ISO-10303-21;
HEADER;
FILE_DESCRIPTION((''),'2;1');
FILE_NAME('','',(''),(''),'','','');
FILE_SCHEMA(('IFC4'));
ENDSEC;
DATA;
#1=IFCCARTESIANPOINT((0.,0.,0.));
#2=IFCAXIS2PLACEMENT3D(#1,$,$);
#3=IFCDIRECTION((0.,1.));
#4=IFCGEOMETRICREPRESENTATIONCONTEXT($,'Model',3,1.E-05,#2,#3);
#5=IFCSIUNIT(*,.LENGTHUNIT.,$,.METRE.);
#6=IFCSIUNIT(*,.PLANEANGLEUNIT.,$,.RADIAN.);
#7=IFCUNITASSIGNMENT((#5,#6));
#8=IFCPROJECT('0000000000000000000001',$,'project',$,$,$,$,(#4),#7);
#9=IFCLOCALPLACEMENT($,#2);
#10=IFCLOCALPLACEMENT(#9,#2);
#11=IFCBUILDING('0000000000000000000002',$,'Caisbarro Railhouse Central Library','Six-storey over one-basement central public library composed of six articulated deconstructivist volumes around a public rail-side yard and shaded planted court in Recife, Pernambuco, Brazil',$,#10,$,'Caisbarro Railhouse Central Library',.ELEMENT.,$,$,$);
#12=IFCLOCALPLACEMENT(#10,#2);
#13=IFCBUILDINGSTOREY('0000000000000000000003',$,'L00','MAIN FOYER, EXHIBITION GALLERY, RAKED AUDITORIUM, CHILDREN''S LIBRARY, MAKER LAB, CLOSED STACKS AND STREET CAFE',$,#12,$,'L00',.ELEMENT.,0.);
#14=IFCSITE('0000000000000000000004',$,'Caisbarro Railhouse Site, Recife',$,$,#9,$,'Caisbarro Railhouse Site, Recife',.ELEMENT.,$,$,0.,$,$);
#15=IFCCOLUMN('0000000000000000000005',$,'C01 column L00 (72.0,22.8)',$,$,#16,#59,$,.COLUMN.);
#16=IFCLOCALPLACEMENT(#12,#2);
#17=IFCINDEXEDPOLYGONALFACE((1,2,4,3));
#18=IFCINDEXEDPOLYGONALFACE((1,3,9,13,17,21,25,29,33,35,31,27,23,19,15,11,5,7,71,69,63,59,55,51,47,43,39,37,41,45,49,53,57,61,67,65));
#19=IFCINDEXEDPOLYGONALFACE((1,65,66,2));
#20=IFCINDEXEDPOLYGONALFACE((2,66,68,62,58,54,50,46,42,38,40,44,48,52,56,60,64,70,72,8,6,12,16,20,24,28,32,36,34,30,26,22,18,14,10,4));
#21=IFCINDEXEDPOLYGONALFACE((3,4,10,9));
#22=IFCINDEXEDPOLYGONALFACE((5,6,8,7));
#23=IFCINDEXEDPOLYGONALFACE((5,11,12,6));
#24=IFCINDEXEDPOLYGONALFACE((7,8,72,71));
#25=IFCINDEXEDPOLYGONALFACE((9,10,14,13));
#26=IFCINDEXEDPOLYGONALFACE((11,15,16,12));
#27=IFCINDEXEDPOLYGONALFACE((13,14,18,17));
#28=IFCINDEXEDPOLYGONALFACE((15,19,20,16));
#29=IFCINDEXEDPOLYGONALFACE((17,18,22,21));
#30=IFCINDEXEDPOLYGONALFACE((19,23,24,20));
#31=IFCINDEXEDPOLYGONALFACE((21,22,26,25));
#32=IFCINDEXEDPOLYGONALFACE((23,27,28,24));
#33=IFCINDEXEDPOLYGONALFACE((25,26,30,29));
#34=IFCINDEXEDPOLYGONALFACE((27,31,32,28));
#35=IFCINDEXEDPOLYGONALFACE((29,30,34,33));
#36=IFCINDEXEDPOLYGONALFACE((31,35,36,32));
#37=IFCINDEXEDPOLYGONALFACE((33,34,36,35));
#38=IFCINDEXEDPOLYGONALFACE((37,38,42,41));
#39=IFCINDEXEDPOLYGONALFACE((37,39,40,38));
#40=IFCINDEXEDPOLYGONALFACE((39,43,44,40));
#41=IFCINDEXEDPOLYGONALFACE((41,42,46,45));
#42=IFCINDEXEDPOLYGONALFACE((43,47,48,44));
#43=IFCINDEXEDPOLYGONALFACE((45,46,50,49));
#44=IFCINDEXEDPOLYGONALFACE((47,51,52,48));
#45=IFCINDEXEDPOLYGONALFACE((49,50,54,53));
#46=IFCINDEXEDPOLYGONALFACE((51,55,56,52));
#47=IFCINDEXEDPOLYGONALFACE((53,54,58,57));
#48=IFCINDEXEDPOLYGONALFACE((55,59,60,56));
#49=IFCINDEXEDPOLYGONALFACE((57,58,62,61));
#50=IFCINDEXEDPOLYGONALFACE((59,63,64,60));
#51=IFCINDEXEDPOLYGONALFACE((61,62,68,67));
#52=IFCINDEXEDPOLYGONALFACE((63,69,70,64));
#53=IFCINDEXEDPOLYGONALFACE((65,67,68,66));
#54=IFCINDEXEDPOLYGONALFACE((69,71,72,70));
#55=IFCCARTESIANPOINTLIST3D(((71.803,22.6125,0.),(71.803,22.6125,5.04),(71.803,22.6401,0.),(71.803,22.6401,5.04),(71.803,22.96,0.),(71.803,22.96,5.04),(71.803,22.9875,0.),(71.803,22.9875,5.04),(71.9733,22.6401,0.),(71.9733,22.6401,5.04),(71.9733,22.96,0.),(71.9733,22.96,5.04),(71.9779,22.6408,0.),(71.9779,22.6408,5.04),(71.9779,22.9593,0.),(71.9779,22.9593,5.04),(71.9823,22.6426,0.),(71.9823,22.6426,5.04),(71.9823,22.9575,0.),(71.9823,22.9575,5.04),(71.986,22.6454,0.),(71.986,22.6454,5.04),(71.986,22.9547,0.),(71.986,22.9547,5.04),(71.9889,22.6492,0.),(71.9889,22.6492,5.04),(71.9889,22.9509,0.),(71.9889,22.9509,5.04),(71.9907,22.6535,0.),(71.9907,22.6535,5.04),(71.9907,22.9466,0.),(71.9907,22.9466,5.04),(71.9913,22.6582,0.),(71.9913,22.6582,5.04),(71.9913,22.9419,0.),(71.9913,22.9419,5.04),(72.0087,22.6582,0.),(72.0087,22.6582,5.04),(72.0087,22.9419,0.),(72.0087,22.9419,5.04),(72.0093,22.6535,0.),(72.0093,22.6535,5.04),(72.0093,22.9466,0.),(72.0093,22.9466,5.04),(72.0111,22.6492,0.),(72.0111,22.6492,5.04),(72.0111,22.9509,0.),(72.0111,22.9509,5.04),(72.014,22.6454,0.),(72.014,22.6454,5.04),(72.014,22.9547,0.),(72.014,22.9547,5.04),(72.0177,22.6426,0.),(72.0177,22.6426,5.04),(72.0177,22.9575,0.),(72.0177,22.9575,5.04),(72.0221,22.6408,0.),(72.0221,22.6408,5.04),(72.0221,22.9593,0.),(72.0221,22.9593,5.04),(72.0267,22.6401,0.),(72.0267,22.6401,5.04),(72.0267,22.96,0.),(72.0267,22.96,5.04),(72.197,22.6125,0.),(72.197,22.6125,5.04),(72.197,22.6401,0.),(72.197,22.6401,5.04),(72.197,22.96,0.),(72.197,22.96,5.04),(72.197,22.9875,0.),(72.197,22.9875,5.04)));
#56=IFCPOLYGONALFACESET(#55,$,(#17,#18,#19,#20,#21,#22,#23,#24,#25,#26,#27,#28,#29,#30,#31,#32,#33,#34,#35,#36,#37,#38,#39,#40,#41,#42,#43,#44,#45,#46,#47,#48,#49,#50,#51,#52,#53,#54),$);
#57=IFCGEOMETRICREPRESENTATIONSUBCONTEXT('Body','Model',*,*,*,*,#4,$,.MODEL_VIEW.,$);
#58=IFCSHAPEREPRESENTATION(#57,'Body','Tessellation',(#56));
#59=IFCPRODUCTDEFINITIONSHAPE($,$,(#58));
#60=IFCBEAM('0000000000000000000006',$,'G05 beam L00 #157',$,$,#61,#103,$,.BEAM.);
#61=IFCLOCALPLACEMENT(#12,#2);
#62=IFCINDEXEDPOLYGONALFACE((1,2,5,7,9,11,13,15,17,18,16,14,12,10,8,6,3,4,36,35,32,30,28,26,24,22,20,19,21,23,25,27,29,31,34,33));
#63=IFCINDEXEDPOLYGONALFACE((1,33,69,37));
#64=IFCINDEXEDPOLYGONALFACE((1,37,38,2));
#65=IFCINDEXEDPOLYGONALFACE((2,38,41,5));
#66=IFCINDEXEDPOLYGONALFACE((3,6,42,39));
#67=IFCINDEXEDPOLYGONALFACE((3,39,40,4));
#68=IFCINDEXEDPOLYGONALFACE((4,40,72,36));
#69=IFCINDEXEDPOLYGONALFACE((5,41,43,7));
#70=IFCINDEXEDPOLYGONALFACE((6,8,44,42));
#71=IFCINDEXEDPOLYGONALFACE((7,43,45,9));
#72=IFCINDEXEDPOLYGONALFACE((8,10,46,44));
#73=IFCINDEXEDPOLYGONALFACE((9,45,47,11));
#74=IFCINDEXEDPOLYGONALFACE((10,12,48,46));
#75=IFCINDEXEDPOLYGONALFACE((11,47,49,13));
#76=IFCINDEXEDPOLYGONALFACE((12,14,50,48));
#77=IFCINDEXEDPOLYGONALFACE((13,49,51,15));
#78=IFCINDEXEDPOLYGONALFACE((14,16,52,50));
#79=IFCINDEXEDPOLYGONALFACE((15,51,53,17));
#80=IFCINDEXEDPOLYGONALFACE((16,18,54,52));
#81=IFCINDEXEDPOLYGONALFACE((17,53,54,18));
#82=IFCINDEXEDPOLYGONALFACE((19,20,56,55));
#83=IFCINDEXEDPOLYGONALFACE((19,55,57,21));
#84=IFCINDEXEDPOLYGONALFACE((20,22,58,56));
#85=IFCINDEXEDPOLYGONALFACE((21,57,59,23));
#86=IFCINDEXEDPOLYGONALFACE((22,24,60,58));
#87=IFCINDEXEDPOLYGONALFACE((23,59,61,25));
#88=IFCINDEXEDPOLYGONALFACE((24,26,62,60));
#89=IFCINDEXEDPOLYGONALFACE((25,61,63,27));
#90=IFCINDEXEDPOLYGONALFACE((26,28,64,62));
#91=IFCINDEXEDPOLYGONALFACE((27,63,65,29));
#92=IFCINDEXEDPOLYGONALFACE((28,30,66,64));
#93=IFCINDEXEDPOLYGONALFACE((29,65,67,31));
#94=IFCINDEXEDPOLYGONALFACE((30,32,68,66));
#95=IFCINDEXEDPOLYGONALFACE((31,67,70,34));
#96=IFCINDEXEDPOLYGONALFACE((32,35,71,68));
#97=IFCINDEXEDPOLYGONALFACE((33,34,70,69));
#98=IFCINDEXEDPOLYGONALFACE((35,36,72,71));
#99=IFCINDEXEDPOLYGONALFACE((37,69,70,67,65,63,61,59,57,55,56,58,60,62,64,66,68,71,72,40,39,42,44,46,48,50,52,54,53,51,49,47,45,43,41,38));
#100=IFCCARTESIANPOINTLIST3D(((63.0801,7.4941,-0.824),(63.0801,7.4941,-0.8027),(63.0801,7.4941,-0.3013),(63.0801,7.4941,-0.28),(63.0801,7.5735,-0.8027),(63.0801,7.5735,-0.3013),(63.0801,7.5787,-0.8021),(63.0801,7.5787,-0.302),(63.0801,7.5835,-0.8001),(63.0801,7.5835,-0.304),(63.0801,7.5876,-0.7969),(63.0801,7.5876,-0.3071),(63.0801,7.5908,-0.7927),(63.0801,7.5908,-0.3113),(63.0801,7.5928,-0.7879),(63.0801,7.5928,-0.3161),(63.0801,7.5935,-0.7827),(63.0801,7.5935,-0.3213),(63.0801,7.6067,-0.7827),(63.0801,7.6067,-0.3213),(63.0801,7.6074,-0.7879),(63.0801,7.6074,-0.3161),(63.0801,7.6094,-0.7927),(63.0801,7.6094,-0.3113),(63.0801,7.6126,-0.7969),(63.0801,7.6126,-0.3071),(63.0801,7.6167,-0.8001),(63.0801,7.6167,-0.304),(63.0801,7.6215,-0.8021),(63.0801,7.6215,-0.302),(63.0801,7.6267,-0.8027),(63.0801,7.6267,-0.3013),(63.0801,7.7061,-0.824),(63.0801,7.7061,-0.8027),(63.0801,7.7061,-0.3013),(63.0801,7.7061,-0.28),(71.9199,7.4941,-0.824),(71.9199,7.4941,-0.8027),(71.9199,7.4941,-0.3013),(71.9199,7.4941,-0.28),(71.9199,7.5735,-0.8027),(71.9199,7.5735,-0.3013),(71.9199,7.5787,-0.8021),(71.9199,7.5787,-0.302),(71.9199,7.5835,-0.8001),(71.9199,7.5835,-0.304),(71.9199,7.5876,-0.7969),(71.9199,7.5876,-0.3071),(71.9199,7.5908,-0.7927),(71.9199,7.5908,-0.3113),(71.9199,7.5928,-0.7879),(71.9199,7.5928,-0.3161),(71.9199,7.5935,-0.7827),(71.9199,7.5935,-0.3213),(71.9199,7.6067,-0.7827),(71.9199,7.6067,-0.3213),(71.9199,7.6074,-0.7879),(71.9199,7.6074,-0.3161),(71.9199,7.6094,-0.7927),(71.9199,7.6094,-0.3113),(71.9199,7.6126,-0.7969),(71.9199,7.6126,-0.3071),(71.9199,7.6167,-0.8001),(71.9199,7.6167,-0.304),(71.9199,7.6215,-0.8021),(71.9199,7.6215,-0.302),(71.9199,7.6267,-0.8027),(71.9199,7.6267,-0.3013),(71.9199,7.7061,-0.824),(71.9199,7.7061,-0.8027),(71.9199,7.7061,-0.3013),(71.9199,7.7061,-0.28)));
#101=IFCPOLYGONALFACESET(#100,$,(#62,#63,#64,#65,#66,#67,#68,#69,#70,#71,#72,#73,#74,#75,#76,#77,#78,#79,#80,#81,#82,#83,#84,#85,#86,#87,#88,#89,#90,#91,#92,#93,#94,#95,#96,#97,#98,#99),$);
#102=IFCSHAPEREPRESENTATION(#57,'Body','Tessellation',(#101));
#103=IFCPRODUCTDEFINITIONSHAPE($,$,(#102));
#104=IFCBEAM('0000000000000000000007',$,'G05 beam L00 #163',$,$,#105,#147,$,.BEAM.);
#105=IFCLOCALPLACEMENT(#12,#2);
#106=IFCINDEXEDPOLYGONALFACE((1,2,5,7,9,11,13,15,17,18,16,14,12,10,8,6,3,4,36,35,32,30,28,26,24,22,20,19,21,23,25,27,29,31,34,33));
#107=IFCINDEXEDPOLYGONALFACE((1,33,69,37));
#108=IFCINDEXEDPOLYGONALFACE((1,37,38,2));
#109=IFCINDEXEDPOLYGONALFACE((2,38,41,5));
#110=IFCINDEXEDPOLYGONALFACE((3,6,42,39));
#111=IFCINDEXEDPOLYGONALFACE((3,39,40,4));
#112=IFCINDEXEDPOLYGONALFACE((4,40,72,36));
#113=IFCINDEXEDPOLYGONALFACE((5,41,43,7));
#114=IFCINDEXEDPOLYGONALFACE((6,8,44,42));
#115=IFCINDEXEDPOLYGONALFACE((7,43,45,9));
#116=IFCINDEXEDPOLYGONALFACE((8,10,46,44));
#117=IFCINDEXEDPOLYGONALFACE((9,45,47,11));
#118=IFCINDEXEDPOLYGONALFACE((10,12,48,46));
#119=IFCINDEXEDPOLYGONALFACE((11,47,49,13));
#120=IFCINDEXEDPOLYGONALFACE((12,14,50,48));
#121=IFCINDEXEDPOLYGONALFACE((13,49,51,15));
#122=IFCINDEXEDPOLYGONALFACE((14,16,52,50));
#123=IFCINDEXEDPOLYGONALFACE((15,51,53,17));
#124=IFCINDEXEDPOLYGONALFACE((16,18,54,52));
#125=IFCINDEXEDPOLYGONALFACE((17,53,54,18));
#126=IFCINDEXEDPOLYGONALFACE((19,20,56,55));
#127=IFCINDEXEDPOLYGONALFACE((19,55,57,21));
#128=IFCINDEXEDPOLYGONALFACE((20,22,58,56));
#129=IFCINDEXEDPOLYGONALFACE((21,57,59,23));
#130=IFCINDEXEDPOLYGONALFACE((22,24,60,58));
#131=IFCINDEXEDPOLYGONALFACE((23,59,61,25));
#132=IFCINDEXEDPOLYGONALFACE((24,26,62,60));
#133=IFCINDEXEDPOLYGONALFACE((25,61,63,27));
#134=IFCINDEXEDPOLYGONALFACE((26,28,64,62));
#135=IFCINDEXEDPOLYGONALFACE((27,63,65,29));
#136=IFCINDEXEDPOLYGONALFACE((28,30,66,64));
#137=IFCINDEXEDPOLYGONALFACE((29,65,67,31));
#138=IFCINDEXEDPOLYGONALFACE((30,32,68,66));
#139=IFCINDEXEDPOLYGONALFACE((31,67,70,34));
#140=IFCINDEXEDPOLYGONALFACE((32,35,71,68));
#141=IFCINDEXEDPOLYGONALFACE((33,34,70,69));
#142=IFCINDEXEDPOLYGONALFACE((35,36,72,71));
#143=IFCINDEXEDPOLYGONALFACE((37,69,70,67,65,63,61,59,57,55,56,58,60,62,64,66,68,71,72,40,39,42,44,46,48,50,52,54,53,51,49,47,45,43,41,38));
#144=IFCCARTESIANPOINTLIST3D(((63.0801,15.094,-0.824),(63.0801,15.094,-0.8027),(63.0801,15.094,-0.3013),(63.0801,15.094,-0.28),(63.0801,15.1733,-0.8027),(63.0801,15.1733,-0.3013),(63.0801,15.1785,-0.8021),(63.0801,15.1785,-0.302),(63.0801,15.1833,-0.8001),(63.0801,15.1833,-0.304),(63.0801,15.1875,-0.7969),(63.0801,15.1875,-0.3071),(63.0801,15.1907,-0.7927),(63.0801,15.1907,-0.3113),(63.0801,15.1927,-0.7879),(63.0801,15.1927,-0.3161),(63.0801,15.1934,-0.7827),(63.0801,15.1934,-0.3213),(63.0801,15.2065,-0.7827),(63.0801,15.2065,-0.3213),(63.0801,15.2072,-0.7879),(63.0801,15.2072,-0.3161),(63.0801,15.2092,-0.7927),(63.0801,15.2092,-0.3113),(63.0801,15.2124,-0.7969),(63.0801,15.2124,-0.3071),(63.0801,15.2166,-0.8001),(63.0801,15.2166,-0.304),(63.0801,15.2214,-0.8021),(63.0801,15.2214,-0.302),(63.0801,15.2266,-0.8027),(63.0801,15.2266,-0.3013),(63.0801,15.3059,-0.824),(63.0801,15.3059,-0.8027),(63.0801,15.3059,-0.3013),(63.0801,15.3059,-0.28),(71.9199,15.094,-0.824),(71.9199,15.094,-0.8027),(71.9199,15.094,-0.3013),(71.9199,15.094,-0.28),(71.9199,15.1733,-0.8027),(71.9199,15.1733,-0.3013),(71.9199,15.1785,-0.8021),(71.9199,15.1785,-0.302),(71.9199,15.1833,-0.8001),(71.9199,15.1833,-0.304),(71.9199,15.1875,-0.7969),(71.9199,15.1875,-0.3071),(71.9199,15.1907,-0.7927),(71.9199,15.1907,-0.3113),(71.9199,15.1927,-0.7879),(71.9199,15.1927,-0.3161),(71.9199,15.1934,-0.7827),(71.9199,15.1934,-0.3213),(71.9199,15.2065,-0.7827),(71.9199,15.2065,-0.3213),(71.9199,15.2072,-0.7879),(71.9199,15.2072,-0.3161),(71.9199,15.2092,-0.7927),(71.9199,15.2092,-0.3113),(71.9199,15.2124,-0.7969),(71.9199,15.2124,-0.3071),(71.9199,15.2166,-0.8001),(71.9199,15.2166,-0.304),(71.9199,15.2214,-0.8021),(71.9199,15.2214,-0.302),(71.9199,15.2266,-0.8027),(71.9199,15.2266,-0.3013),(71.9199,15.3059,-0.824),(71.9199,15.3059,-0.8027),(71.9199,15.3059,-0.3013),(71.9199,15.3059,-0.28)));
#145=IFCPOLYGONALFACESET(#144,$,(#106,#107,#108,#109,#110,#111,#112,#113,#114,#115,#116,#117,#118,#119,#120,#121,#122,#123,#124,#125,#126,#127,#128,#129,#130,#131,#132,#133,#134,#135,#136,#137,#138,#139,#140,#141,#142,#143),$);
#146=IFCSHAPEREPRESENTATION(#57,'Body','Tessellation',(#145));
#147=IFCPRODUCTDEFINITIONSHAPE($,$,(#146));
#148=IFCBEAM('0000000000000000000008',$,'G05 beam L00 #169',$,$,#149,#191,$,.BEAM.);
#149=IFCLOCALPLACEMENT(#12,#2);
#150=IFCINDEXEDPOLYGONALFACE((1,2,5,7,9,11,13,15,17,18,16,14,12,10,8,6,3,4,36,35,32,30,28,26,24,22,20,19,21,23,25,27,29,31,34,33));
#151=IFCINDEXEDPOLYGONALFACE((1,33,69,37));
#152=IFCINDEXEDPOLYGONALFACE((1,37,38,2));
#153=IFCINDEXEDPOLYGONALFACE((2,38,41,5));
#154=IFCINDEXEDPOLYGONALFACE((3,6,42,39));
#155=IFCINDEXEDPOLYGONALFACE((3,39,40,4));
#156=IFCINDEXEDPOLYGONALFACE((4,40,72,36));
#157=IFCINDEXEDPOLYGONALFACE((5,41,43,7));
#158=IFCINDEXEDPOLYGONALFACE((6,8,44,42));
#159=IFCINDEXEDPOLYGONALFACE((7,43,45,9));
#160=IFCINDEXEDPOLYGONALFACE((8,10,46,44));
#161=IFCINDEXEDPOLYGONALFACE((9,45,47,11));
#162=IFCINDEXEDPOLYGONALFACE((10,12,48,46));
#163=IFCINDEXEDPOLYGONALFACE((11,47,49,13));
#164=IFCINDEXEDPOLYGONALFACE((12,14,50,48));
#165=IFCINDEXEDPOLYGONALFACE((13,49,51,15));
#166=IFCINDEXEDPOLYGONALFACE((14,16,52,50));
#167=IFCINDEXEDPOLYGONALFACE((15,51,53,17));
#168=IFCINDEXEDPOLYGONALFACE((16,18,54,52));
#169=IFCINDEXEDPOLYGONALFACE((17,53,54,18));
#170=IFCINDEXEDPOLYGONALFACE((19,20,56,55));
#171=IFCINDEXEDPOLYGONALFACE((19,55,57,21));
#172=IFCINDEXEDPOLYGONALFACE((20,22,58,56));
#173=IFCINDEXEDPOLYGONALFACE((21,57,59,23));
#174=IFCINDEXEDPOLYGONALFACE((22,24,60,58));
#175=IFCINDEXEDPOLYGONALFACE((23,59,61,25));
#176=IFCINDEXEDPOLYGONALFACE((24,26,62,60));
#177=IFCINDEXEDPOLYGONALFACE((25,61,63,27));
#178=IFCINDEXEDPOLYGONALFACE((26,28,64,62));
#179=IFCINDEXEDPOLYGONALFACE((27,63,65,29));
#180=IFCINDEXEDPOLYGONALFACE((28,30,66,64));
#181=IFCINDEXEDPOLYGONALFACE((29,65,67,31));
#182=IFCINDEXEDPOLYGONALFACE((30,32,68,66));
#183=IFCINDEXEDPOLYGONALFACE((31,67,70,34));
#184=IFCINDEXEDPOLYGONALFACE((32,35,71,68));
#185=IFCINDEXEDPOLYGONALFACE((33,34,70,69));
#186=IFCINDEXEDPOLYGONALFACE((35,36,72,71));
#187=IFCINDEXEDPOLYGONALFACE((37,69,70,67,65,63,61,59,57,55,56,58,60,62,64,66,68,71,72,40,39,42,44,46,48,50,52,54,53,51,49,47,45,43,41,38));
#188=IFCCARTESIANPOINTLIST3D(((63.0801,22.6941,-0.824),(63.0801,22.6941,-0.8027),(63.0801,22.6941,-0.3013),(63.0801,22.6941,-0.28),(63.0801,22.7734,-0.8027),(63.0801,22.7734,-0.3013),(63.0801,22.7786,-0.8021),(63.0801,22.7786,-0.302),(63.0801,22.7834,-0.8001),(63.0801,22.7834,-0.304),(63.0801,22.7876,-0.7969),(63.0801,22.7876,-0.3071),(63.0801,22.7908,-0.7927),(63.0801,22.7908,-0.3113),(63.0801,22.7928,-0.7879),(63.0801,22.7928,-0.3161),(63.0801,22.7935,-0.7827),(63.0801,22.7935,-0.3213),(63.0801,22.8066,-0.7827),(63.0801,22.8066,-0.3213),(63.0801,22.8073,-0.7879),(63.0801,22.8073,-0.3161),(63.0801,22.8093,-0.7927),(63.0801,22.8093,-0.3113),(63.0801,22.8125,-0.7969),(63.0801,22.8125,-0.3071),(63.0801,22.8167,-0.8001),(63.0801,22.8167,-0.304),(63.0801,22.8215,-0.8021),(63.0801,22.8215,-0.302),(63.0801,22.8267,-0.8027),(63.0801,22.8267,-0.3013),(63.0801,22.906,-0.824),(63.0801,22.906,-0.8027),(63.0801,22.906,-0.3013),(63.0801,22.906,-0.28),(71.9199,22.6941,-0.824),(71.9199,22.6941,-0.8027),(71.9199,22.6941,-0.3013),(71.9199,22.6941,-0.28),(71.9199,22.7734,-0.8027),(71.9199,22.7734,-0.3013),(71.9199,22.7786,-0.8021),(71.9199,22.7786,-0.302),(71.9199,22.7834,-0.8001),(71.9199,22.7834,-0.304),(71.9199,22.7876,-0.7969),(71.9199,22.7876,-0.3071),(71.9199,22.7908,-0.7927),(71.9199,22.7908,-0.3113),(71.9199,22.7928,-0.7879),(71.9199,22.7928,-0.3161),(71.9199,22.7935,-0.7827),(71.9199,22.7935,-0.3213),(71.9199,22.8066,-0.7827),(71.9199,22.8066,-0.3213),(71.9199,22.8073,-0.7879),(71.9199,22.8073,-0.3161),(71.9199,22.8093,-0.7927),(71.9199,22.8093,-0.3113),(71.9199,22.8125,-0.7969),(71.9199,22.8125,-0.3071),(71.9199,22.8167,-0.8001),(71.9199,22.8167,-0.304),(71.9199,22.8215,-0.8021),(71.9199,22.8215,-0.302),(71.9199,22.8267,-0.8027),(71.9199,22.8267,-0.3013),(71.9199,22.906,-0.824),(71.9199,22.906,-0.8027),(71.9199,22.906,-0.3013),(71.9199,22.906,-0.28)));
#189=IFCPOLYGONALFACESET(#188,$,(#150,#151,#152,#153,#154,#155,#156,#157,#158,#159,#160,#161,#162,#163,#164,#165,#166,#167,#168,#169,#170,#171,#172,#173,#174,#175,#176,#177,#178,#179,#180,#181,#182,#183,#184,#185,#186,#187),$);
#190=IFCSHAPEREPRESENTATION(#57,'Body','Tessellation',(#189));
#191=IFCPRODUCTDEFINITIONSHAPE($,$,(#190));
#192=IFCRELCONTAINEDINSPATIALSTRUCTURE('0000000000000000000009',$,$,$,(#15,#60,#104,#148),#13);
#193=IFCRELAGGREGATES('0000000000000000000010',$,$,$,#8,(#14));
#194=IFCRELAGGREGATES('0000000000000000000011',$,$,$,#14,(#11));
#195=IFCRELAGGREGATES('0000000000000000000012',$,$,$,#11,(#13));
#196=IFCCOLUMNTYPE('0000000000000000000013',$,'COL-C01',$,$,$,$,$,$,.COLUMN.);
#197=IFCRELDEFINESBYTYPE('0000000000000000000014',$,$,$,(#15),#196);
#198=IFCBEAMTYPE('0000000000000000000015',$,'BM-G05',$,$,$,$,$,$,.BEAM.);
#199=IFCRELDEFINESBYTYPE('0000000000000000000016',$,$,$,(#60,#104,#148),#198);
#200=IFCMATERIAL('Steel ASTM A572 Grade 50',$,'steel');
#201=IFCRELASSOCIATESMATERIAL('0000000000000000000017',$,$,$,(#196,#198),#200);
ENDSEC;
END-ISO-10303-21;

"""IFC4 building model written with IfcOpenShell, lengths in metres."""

from ifc_helpers import new_model, si_unit, direction, frame, origin, origin_2d, place, context, subcontext, project, spatial, i_section, extrude, material, material_profile, profile_set, type_object, element, save


model = new_model("IFC4")

# Units and contexts
model_context = context("Model", 3, precision=1e-05, world=origin(), true_north=direction((0.0, 1.0)))
body_context = subcontext(model_context, "Body", "Model", "MODEL_VIEW")
ifc_project = project(units=[si_unit("LENGTHUNIT", "METRE"), si_unit("PLANEANGLEUNIT", "RADIAN")], contexts=[model_context])

# Site, building, storey
site_placement = place(None, origin())
site = spatial("IfcSite", under=ifc_project, at=site_placement, Name="Caisbarro Railhouse Site, Recife", LongName="Caisbarro Railhouse Site, Recife", CompositionType="ELEMENT", RefElevation=0.0)
building_placement = place(site_placement, origin())
building = spatial("IfcBuilding", under=site, at=building_placement, Name="Caisbarro Railhouse Central Library", Description="Six-storey over one-basement central public library composed of six articulated deconstructivist volumes around a public rail-side yard and shaded planted court in Recife, Pernambuco, Brazil", LongName="Caisbarro Railhouse Central Library", CompositionType="ELEMENT")
storey_placement = place(building_placement, origin())
storey = spatial("IfcBuildingStorey", under=building, at=storey_placement, Name="L00", Description="MAIN FOYER, EXHIBITION GALLERY, RAKED AUDITORIUM, CHILDREN'S LIBRARY, MAKER LAB, CLOSED STACKS AND STREET CAFE", LongName="L00", CompositionType="ELEMENT", Elevation=0.0)

# Column
ifc_material_1 = material(Name="Steel ASTM A572 Grade 50", Category="steel")
ifc_material_profile_1 = material_profile(ifc_material_1, i_section(OverallWidth=0.394, OverallDepth=0.375, WebThickness=0.0173, FlangeThickness=0.0276, FilletRadius=0.0181, at=origin_2d()), Name="W360X216.0")
ifc_profile_set_1 = profile_set([ifc_material_profile_1], Name="Steel ASTM A572 Grade 50")
column_type = type_object("IfcColumnType", Name="COL-C01", PredefinedType="COLUMN", material=ifc_profile_set_1)
for number, where, z_axis, x_axis, name in (
    (1, (72.0, 22.8, 0.0), (0.0, 0.0, 1.0), (1.0, 0.0, 0.0), "C01 column L00 (72.0,22.8)"),
):
    element("IfcColumn", number, at=place(storey_placement, frame(where, z_axis=z_axis, x_axis=x_axis)), inside=storey, type_object=column_type, Name=name, PredefinedType="COLUMN", context=body_context, shape_type="SweptSolid", body=[
        extrude(i_section(OverallWidth=0.394, OverallDepth=0.375, WebThickness=0.0173, FlangeThickness=0.0276, FilletRadius=0.0181, at=origin_2d()), origin(), (0.0, 0.0, 1.0), 5.04),
    ])

# Beams
ifc_material_profile_2 = material_profile(ifc_material_1, i_section(OverallWidth=0.2119, OverallDepth=0.5439, WebThickness=0.0132, FlangeThickness=0.0212, FilletRadius=0.02, at=origin_2d()), Name="W530X123.0")
ifc_profile_set_2 = profile_set([ifc_material_profile_2], Name="Steel ASTM A572 Grade 50")
beam_type_1 = type_object("IfcBeamType", Name="BM-G05", PredefinedType="BEAM", material=ifc_profile_set_2)
for number, where, z_axis, x_axis, name in (
    (2, (63.0801, 7.6001, -0.552), (1.0, 0.0, 0.0), (0.0, 1.0, 0.0), "G05 beam L00 #157"),
    (3, (63.0801, 15.2, -0.552), (1.0, 0.0, 0.0), (0.0, 1.0, 0.0), "G05 beam L00 #163"),
    (4, (63.0801, 22.8, -0.552), (1.0, 0.0, 0.0), (0.0, 1.0, 0.0), "G05 beam L00 #169"),
):
    element("IfcBeam", number, at=place(storey_placement, frame(where, z_axis=z_axis, x_axis=x_axis)), inside=storey, type_object=beam_type_1, Name=name, PredefinedType="BEAM", context=body_context, shape_type="SweptSolid", body=[
        extrude(i_section(OverallWidth=0.2119, OverallDepth=0.5439, WebThickness=0.0132, FlangeThickness=0.0212, FilletRadius=0.02, at=origin_2d()), origin(), (0.0, 0.0, 1.0), 8.8398),
    ])

save(model, "model.ifc")
